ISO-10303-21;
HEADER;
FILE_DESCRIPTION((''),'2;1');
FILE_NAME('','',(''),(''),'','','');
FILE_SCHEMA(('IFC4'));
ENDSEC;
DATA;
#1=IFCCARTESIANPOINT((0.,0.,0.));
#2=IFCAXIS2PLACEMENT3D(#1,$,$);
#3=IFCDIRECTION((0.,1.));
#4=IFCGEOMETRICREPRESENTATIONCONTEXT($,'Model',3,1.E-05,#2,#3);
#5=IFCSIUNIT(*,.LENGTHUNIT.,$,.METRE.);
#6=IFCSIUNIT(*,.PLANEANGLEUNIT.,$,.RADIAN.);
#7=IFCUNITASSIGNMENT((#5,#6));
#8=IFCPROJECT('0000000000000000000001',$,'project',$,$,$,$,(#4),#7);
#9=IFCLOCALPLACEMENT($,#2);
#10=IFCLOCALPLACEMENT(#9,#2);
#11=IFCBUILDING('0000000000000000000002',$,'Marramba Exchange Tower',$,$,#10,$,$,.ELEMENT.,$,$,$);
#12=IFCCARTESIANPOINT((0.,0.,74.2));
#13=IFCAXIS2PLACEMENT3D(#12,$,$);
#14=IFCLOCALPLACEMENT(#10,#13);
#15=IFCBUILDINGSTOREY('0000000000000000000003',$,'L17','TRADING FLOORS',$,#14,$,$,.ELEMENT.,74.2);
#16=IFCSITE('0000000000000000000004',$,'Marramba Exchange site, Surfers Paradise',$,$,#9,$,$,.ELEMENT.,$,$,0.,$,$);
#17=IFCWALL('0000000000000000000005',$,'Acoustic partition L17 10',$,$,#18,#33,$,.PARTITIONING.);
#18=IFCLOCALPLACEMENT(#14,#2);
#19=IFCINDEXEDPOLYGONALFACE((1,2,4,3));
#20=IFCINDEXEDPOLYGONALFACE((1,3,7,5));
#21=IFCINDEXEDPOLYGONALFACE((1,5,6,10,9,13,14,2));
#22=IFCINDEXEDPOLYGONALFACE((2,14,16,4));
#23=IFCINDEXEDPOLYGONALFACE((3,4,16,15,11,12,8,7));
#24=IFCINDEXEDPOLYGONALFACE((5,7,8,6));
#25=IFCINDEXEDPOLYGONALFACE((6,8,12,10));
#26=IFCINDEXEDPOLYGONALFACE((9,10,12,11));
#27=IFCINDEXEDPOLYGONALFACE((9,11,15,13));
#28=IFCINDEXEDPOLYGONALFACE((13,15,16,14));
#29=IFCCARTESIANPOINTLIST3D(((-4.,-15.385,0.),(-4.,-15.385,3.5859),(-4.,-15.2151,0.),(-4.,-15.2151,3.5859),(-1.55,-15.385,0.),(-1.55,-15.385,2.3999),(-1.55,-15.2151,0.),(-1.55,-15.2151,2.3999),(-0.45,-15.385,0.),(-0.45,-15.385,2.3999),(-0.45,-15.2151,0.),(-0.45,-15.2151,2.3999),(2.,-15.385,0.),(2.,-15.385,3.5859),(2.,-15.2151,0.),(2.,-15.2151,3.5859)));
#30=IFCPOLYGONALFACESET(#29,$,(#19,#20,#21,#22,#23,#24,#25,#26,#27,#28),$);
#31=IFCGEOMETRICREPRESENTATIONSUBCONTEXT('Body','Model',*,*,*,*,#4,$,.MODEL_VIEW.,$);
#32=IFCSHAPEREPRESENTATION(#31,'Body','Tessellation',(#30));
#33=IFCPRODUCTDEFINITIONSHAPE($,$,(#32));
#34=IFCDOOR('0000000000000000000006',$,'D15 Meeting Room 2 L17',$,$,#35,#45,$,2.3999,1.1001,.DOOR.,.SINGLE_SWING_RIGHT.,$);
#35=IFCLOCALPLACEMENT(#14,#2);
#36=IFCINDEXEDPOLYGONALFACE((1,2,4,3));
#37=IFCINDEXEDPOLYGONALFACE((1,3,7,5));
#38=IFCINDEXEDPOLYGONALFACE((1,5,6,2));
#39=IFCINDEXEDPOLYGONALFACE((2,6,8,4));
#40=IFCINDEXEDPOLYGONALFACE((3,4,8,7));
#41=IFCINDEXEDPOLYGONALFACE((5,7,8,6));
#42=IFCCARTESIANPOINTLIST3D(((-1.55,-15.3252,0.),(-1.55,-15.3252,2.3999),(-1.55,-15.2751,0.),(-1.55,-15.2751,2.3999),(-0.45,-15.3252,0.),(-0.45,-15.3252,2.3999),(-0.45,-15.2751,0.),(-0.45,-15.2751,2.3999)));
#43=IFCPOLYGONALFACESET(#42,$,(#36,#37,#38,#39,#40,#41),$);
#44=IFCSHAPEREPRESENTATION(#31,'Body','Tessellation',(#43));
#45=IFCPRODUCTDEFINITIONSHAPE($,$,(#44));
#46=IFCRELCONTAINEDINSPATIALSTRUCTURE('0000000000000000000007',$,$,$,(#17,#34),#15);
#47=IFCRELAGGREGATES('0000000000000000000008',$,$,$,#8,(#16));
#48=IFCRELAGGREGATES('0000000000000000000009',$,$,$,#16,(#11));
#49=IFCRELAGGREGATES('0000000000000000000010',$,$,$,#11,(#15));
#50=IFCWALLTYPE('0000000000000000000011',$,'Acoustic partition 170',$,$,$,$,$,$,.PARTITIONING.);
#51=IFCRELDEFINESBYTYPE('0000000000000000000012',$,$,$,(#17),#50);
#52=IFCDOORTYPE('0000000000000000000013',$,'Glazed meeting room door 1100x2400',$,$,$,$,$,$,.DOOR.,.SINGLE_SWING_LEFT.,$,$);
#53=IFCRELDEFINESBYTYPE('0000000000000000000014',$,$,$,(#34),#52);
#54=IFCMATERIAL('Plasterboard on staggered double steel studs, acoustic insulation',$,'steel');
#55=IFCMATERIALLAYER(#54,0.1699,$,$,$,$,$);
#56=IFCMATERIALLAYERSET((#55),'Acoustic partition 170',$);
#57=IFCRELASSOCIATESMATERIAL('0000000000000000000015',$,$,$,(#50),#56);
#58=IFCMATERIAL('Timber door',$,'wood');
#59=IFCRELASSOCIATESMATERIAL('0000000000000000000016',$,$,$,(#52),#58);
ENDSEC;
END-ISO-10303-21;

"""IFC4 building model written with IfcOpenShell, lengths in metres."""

from ifc_helpers import new_model, si_unit, direction, frame, frame_2d, origin, place, context, subcontext, project, spatial, rectangle, extrude, material, layer, layer_set, type_object, element, fill, save


model = new_model("IFC4")

# Units and contexts
model_context = context("Model", 3, precision=1e-05, world=origin(), true_north=direction((0.0, 1.0)))
body_context = subcontext(model_context, "Body", "Model", "MODEL_VIEW")
ifc_project = project(units=[si_unit("LENGTHUNIT", "METRE"), si_unit("PLANEANGLEUNIT", "RADIAN")], contexts=[model_context])

# Site, building, storey
site_placement = place(None, origin())
site = spatial("IfcSite", under=ifc_project, at=site_placement, Name="Marramba Exchange site, Surfers Paradise", CompositionType="ELEMENT", RefElevation=0.0)
building_placement = place(site_placement, origin())
building = spatial("IfcBuilding", under=site, at=building_placement, Name="Marramba Exchange Tower", CompositionType="ELEMENT")
storey_placement = place(building_placement, frame((0.0, 0.0, 74.2)))
storey = spatial("IfcBuildingStorey", under=building, at=storey_placement, Name="L17", Description="TRADING FLOORS", CompositionType="ELEMENT", Elevation=74.2)

# Shared definitions
ifc_material_1 = material(Name="Plasterboard on staggered double steel studs, acoustic insulation", Category="steel")
ifc_layer_1 = layer(ifc_material_1, 0.1699)
ifc_layer_set_1 = layer_set([ifc_layer_1], Name="Acoustic partition 170")
wall_type_1 = type_object("IfcWallType", Name="Acoustic partition 170", PredefinedType="PARTITIONING", material=ifc_layer_set_1)

# Wall, opening, door
wall_1_placement = place(storey_placement, frame((-4.0, -15.3, 0.0), z_axis=(0.0, 0.0, 1.0), x_axis=(1.0, 0.0, 0.0)))
wall_1 = element("IfcWall", 1, at=wall_1_placement, inside=storey, type_object=wall_type_1, Name="Acoustic partition L17 10", PredefinedType="PARTITIONING", context=body_context, shape_type="SweptSolid", body=[
    extrude(rectangle(XDim=6.0, YDim=0.1699, at=frame_2d((3.0, 0.0))), origin(), (0.0, 0.0, 1.0), 3.5859),
])
opening_1_placement = place(wall_1_placement, frame((2.45, 0.0, 0.0)))
opening_1 = element("IfcOpeningElement", 2, at=opening_1_placement, cuts=wall_1, PredefinedType="OPENING", context=body_context, shape_type="SweptSolid", body=[
    extrude(rectangle(XDim=1.1001, YDim=2.3999, at=frame_2d((0.55, 1.2))), frame((0.0, 0.095, 0.0), z_axis=(0.0, -1.0, 0.0), x_axis=(1.0, 0.0, 0.0)), (0.0, 0.0, 1.0), 0.1899),
])
ifc_material_2 = material(Name="Timber door", Category="wood")
door_type_1 = type_object("IfcDoorType", Name="Glazed meeting room door 1100x2400", OperationType="SINGLE_SWING_LEFT", PredefinedType="DOOR", material=ifc_material_2)
door_1_placement = place(opening_1_placement, origin())
door_1 = element("IfcDoor", 3, at=door_1_placement, inside=storey, type_object=door_type_1, Name="D15 Meeting Room 2 L17", OperationType="SINGLE_SWING_RIGHT", OverallHeight=2.3999, OverallWidth=1.1001, PredefinedType="DOOR", context=body_context, shape_type="SweptSolid", body=[
    extrude(rectangle(XDim=1.1001, YDim=2.3999, at=frame_2d((0.55, 1.2))), frame((0.0, 0.0249, 0.0), z_axis=(0.0, -1.0, 0.0), x_axis=(1.0, 0.0, 0.0)), (0.0, 0.0, 1.0), 0.05),
])
fill(opening_1, door_1)

save(model, "model.ifc")
